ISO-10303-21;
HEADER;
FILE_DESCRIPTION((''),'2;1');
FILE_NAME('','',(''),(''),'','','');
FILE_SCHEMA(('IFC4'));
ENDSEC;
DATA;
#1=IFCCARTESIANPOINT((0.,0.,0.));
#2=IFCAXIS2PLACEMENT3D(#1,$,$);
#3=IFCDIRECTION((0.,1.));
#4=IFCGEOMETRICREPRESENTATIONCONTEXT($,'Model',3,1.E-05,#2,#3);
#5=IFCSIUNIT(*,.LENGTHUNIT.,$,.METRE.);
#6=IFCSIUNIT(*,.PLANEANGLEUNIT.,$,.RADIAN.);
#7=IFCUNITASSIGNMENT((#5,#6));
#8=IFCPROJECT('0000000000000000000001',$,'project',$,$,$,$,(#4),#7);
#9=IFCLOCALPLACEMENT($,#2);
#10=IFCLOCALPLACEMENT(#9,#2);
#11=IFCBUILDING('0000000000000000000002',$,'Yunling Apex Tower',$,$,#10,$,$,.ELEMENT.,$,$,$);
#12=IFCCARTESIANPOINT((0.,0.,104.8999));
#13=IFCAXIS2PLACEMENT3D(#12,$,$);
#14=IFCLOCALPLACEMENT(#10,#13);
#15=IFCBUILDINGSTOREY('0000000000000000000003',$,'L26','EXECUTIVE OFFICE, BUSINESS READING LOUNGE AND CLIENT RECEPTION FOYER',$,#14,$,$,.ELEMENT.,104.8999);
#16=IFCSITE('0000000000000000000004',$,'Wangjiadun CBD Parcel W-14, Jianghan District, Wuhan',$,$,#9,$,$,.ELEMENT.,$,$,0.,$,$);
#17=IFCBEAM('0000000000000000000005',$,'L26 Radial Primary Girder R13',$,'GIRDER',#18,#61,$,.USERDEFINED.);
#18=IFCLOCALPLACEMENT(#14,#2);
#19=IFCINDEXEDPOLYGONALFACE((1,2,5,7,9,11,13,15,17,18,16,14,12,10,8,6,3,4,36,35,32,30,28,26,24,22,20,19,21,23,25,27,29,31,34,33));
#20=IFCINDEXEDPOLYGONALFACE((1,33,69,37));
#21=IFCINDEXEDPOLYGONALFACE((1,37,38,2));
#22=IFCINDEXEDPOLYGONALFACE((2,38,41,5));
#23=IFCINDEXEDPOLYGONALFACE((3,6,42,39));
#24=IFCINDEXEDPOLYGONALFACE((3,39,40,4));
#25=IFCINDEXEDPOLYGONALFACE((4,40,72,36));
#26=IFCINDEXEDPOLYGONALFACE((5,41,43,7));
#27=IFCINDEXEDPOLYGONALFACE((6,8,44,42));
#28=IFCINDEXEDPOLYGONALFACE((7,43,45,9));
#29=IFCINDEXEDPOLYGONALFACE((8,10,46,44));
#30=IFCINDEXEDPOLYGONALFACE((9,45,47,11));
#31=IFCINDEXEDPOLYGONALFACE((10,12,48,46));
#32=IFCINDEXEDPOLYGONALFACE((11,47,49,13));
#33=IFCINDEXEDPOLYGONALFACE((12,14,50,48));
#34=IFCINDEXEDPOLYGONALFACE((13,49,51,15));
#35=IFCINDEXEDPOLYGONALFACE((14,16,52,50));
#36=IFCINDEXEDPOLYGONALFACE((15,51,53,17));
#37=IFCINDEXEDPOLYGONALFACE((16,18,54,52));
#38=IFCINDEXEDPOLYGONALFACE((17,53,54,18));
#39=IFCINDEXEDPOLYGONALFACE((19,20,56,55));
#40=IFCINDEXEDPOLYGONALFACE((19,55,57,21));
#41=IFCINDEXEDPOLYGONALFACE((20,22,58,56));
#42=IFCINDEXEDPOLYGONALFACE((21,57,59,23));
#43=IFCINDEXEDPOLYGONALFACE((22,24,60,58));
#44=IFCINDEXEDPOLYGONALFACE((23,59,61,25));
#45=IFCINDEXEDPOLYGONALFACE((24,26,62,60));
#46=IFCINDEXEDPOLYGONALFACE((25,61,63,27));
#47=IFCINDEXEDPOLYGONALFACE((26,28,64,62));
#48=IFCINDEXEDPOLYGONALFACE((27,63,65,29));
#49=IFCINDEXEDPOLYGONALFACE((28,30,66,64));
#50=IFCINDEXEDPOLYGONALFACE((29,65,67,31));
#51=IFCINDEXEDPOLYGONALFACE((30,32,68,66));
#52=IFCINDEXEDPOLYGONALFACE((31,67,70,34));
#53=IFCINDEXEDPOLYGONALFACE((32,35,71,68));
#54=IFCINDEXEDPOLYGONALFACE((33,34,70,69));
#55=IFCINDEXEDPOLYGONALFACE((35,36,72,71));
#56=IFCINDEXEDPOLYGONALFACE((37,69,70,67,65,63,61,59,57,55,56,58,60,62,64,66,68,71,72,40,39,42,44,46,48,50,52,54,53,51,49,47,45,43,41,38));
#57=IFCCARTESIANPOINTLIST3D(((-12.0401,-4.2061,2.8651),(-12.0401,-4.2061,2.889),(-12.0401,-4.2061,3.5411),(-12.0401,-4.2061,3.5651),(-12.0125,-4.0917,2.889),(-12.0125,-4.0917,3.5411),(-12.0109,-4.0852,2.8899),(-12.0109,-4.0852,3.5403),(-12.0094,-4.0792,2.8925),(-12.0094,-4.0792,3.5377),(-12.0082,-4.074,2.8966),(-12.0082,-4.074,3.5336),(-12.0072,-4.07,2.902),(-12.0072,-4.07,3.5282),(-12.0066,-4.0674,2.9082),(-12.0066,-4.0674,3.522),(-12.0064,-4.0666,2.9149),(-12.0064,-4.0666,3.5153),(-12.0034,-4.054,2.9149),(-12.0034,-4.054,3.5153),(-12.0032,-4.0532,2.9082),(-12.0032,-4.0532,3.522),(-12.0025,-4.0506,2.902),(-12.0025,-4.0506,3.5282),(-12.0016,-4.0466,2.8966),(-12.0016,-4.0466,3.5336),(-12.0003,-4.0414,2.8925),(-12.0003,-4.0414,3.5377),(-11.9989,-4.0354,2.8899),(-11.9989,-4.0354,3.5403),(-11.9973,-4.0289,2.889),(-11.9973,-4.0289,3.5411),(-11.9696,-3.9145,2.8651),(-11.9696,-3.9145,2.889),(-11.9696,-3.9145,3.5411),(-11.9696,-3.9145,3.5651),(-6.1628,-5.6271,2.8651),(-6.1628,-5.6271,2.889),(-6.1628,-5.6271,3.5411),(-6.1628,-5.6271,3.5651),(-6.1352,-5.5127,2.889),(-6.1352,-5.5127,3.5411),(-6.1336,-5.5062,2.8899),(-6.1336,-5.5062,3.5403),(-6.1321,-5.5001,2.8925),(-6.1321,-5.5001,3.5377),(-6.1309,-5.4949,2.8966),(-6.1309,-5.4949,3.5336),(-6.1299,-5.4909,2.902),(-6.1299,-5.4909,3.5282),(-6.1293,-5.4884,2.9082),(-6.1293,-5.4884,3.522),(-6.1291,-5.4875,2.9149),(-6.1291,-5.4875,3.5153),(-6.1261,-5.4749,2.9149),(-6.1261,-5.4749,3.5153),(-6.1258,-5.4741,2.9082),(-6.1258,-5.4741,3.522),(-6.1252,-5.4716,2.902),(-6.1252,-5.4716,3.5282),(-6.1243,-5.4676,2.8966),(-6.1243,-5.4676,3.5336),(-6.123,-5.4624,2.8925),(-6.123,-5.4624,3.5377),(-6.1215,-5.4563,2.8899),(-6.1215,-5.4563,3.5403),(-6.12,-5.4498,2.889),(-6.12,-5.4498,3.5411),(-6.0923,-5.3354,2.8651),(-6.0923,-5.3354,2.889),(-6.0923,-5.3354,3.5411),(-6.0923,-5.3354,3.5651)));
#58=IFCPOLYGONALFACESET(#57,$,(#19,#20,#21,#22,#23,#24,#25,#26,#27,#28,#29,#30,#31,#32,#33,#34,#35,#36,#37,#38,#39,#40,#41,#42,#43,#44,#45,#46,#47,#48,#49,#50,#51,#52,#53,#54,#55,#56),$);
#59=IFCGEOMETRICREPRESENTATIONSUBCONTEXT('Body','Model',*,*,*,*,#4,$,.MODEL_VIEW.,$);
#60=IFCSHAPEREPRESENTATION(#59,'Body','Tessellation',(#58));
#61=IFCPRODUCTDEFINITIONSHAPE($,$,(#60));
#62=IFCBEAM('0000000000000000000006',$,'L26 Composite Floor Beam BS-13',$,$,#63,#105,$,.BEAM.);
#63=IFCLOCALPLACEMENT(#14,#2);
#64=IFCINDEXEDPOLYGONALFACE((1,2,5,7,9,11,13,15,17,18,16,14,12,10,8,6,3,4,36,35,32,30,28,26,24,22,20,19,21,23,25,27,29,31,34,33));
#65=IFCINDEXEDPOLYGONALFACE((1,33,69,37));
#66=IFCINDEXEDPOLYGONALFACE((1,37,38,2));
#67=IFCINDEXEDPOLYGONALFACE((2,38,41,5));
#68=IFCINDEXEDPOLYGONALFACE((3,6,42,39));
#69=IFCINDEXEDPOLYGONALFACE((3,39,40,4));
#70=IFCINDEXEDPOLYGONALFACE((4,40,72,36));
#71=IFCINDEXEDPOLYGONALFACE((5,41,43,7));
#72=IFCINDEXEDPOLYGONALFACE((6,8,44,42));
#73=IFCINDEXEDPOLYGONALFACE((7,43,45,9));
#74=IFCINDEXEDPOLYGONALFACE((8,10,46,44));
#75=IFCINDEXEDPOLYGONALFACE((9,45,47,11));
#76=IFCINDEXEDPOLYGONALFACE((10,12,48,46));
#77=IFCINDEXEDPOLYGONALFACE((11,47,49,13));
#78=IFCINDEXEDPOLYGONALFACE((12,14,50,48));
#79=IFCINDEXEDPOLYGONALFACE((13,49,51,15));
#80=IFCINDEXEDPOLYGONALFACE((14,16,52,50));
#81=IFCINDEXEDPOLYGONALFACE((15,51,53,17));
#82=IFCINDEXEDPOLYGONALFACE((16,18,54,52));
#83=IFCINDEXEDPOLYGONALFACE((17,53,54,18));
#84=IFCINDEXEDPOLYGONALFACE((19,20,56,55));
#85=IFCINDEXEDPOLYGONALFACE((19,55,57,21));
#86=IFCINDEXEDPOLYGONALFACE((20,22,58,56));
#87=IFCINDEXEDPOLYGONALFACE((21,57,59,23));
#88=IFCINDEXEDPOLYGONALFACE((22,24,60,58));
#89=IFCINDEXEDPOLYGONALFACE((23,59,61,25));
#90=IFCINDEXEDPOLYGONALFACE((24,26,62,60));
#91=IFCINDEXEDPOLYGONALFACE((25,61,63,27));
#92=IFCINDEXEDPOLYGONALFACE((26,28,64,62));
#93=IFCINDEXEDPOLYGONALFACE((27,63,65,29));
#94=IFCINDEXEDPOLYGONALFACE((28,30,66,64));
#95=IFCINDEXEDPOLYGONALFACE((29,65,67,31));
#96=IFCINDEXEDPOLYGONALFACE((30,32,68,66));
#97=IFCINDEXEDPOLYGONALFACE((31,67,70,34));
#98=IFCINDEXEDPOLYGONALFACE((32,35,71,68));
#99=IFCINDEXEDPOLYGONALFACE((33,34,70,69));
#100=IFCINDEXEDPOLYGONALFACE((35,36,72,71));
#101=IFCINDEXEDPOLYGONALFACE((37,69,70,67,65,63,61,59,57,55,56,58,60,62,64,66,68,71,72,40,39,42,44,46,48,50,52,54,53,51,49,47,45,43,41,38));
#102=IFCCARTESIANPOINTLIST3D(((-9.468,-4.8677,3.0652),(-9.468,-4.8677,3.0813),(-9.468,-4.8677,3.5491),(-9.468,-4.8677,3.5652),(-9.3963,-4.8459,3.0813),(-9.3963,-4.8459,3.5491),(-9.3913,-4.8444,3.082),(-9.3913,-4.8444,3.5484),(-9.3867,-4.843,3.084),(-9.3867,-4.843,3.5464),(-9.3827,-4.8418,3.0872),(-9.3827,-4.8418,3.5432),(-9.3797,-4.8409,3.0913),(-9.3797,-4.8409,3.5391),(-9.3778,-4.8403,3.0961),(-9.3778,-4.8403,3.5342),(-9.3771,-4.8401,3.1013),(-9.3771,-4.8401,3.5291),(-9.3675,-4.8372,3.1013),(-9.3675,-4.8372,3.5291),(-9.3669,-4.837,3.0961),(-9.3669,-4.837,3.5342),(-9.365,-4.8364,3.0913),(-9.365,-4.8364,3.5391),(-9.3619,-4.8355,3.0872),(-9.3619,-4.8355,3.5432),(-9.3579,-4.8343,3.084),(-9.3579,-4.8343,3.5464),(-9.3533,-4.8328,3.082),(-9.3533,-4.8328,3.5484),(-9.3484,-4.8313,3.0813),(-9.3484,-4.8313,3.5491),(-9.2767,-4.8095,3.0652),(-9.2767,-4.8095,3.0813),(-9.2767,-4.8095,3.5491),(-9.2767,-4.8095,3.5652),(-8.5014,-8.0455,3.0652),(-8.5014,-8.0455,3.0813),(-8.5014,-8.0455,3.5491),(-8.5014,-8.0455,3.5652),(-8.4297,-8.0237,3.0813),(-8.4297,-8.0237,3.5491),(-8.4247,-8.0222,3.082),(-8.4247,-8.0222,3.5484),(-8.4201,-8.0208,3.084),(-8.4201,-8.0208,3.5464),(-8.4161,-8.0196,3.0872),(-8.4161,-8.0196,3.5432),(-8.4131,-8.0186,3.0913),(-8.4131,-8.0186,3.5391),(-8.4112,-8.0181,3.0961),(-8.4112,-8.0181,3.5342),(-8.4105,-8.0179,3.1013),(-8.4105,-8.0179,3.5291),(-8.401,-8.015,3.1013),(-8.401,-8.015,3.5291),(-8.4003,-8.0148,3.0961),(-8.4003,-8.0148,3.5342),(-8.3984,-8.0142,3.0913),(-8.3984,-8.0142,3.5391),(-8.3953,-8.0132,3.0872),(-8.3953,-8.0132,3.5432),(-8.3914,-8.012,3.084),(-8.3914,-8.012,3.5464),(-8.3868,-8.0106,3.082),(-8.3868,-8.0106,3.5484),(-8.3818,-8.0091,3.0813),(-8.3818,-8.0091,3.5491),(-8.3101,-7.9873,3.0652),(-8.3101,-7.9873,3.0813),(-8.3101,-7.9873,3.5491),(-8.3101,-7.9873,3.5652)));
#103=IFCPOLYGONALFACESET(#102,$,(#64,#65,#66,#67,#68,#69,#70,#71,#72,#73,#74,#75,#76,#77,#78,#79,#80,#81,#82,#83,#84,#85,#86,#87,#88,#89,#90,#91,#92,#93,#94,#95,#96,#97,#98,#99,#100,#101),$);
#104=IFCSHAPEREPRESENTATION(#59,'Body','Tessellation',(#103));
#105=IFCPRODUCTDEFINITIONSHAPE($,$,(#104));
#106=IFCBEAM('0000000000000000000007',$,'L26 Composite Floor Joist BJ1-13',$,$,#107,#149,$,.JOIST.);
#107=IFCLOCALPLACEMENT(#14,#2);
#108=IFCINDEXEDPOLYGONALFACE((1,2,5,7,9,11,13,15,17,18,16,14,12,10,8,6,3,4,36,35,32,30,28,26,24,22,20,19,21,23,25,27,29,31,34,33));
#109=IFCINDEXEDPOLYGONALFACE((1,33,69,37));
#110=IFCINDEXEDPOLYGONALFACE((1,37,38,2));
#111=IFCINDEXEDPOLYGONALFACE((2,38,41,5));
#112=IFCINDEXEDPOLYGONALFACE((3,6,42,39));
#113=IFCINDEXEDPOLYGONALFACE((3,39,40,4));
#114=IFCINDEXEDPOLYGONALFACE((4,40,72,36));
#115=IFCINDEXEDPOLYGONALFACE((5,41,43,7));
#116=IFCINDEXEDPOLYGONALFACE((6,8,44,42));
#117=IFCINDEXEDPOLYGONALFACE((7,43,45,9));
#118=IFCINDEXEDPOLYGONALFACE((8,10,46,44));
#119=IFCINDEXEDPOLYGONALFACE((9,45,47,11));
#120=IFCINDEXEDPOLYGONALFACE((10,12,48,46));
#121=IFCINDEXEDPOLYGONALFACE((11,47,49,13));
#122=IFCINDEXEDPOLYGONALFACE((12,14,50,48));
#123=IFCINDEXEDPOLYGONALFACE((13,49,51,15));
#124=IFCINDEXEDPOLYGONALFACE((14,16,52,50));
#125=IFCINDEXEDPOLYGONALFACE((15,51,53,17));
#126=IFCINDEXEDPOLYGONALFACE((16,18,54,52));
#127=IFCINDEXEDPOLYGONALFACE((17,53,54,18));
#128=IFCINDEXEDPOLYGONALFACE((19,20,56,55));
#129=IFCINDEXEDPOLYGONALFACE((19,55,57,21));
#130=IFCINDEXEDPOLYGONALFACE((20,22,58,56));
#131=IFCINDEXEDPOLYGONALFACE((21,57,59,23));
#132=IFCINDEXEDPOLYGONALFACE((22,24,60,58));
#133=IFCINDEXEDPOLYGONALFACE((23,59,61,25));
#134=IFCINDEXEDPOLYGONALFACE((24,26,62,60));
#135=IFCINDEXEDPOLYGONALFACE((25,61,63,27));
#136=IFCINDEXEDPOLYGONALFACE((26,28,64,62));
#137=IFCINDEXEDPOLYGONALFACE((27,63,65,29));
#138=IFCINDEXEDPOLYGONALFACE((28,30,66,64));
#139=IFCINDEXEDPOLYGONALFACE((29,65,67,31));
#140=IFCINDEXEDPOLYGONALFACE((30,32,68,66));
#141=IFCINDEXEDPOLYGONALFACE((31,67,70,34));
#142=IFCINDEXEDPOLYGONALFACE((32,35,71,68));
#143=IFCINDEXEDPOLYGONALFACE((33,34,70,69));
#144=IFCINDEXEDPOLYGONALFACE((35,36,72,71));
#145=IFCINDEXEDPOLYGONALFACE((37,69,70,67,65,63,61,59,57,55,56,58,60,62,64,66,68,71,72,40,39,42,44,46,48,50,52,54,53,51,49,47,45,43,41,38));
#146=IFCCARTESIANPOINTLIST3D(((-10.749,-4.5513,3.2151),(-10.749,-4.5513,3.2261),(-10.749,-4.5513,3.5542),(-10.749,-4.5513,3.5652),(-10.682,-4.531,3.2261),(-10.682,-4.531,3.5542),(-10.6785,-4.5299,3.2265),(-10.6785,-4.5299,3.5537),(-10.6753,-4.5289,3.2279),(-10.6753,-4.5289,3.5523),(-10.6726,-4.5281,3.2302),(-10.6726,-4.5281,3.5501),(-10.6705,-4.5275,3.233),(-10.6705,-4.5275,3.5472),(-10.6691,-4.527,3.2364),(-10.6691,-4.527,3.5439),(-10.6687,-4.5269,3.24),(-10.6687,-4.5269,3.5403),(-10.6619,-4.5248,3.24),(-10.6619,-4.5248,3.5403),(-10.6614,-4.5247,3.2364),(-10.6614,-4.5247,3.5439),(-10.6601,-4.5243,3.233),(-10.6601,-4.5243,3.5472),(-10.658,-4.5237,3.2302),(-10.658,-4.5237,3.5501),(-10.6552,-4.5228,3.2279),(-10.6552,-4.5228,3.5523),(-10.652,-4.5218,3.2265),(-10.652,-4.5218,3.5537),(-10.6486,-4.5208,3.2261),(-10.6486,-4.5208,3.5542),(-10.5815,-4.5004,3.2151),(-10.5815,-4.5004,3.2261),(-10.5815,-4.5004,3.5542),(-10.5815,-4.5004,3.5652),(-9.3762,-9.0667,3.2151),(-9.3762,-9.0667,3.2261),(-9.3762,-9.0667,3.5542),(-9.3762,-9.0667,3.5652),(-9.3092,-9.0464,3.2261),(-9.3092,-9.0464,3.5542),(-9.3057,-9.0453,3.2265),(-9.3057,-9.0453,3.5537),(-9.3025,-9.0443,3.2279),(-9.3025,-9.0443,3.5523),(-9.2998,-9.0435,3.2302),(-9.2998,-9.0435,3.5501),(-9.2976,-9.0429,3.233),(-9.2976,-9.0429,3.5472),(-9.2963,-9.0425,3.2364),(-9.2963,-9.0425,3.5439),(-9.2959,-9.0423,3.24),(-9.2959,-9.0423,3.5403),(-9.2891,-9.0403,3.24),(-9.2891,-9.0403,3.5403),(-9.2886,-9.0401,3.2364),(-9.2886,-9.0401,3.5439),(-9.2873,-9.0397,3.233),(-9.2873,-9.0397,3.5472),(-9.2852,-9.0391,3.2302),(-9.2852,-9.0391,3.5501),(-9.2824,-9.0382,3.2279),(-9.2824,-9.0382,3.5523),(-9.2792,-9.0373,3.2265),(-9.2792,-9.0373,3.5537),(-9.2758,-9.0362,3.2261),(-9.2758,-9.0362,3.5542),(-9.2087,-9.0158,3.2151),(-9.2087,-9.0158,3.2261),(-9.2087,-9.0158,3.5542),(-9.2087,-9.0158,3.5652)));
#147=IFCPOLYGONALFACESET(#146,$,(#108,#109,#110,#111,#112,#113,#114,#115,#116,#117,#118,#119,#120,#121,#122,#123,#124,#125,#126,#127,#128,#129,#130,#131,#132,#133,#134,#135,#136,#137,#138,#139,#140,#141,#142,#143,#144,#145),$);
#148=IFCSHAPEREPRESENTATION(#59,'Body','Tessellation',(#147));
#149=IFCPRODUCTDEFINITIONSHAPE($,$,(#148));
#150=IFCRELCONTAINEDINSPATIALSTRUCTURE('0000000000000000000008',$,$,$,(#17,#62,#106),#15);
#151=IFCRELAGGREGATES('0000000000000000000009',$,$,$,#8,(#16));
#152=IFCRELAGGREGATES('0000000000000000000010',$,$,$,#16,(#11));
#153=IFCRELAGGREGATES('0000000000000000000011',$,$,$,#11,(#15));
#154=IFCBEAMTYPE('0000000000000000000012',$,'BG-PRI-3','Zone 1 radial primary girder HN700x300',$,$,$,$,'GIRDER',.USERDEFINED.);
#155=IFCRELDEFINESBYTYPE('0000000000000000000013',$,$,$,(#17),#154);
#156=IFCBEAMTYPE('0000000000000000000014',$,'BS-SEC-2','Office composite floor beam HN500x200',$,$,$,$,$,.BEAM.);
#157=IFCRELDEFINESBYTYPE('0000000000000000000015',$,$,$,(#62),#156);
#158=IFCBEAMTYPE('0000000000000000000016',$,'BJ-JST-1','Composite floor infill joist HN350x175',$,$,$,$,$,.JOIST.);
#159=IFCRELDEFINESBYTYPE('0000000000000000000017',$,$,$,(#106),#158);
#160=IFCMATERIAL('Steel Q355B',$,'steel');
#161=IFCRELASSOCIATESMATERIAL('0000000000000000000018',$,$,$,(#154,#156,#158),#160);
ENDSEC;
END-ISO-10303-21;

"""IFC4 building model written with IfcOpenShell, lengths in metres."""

from ifc_helpers import new_model, si_unit, direction, frame, origin, origin_2d, place, context, subcontext, project, spatial, i_section, extrude, source, transform, mapped, material, material_profile, profile_set, type_object, element, save


model = new_model("IFC4")

# Units and contexts
model_context = context("Model", 3, precision=1e-05, world=origin(), true_north=direction((0.0, 1.0)))
body_context = subcontext(model_context, "Body", "Model", "MODEL_VIEW")
ifc_project = project(units=[si_unit("LENGTHUNIT", "METRE"), si_unit("PLANEANGLEUNIT", "RADIAN")], contexts=[model_context])

# Site, building, storey
site_placement = place(None, origin())
site = spatial("IfcSite", under=ifc_project, at=site_placement, Name="Wangjiadun CBD Parcel W-14, Jianghan District, Wuhan", CompositionType="ELEMENT", RefElevation=0.0)
building_placement = place(site_placement, origin())
building = spatial("IfcBuilding", under=site, at=building_placement, Name="Yunling Apex Tower", CompositionType="ELEMENT")
storey_placement = place(building_placement, frame((0.0, 0.0, 104.8999)))
storey = spatial("IfcBuildingStorey", under=building, at=storey_placement, Name="L26", Description="EXECUTIVE OFFICE, BUSINESS READING LOUNGE AND CLIENT RECEPTION FOYER", CompositionType="ELEMENT", Elevation=104.8999)

# Beams
ifc_material_1 = material(Name="Steel Q355B", Category="steel")
ifc_material_profile_1 = material_profile(ifc_material_1, i_section(OverallWidth=0.3, OverallDepth=0.7, WebThickness=0.0129, FlangeThickness=0.0239, FilletRadius=0.0259, at=origin_2d()))
ifc_profile_set_1 = profile_set([ifc_material_profile_1], Name="Steel Q355B")
beam_type_1 = type_object("IfcBeamType", Name="BG-PRI-3", Description="Zone 1 radial primary girder HN700x300", ElementType="GIRDER", PredefinedType="USERDEFINED", material=ifc_profile_set_1)
shared_shape_1 = source(origin(), body_context, "Body", "SweptSolid", [
    extrude(i_section(OverallWidth=0.3, OverallDepth=0.7, WebThickness=0.0129, FlangeThickness=0.0239, FilletRadius=0.0259, at=origin_2d()), origin(), (0.0, 0.0, 1.0), 6.0466),
])
beam_1_placement = place(storey_placement, frame((-12.0049, -4.0603, 3.2151), z_axis=(0.971997, -0.234994, 0.0), x_axis=(0.234994, 0.971997, 0.0)))
element("IfcBeam", 1, at=beam_1_placement, inside=storey, type_object=beam_type_1, Name="L26 Radial Primary Girder R13", ObjectType="GIRDER", PredefinedType="USERDEFINED", context=body_context, shape_type="MappedRepresentation", body=[
    mapped(shared_shape_1, transform((0.0, 0.0, 0.0), scale=1.0)),
])
ifc_material_profile_2 = material_profile(ifc_material_1, i_section(OverallWidth=0.2, OverallDepth=0.5, WebThickness=0.01, FlangeThickness=0.0161, FilletRadius=0.02, at=origin_2d()))
ifc_profile_set_2 = profile_set([ifc_material_profile_2], Name="Steel Q355B")
beam_type_2 = type_object("IfcBeamType", Name="BS-SEC-2", Description="Office composite floor beam HN500x200", PredefinedType="BEAM", material=ifc_profile_set_2)
shared_shape_2 = source(origin(), body_context, "Body", "SweptSolid", [
    extrude(i_section(OverallWidth=0.2, OverallDepth=0.5, WebThickness=0.01, FlangeThickness=0.0161, FilletRadius=0.02, at=origin_2d()), origin(), (0.0, 0.0, 1.0), 3.3215),
])
beam_2_placement = place(storey_placement, frame((-9.3723, -4.8386, 3.3152), z_axis=(0.291001, -0.956723, 0.0), x_axis=(0.956723, 0.291001, 0.0)))
element("IfcBeam", 2, at=beam_2_placement, inside=storey, type_object=beam_type_2, Name="L26 Composite Floor Beam BS-13", PredefinedType="BEAM", context=body_context, shape_type="MappedRepresentation", body=[
    mapped(shared_shape_2, transform((0.0, 0.0, 0.0), scale=1.0)),
])
ifc_material_profile_3 = material_profile(ifc_material_1, i_section(OverallWidth=0.175, OverallDepth=0.3501, WebThickness=0.0071, FlangeThickness=0.011, FilletRadius=0.0139, at=origin_2d()))
ifc_profile_set_3 = profile_set([ifc_material_profile_3], Name="Steel Q355B")
beam_type_3 = type_object("IfcBeamType", Name="BJ-JST-1", Description="Composite floor infill joist HN350x175", PredefinedType="JOIST", material=ifc_profile_set_3)
shared_shape_3 = source(origin(), body_context, "Body", "SweptSolid", [
    extrude(i_section(OverallWidth=0.175, OverallDepth=0.3501, WebThickness=0.0071, FlangeThickness=0.011, FilletRadius=0.0139, at=origin_2d()), origin(), (0.0, 0.0, 1.0), 4.7195),
])
beam_3_placement = place(storey_placement, frame((-10.6653, -4.5259, 3.3901), z_axis=(0.290882, -0.956759, 0.0), x_axis=(0.956759, 0.290882, 0.0)))
element("IfcBeam", 3, at=beam_3_placement, inside=storey, type_object=beam_type_3, Name="L26 Composite Floor Joist BJ1-13", PredefinedType="JOIST", context=body_context, shape_type="MappedRepresentation", body=[
    mapped(shared_shape_3, transform((0.0, 0.0, 0.0), scale=1.0)),
])

save(model, "model.ifc")
